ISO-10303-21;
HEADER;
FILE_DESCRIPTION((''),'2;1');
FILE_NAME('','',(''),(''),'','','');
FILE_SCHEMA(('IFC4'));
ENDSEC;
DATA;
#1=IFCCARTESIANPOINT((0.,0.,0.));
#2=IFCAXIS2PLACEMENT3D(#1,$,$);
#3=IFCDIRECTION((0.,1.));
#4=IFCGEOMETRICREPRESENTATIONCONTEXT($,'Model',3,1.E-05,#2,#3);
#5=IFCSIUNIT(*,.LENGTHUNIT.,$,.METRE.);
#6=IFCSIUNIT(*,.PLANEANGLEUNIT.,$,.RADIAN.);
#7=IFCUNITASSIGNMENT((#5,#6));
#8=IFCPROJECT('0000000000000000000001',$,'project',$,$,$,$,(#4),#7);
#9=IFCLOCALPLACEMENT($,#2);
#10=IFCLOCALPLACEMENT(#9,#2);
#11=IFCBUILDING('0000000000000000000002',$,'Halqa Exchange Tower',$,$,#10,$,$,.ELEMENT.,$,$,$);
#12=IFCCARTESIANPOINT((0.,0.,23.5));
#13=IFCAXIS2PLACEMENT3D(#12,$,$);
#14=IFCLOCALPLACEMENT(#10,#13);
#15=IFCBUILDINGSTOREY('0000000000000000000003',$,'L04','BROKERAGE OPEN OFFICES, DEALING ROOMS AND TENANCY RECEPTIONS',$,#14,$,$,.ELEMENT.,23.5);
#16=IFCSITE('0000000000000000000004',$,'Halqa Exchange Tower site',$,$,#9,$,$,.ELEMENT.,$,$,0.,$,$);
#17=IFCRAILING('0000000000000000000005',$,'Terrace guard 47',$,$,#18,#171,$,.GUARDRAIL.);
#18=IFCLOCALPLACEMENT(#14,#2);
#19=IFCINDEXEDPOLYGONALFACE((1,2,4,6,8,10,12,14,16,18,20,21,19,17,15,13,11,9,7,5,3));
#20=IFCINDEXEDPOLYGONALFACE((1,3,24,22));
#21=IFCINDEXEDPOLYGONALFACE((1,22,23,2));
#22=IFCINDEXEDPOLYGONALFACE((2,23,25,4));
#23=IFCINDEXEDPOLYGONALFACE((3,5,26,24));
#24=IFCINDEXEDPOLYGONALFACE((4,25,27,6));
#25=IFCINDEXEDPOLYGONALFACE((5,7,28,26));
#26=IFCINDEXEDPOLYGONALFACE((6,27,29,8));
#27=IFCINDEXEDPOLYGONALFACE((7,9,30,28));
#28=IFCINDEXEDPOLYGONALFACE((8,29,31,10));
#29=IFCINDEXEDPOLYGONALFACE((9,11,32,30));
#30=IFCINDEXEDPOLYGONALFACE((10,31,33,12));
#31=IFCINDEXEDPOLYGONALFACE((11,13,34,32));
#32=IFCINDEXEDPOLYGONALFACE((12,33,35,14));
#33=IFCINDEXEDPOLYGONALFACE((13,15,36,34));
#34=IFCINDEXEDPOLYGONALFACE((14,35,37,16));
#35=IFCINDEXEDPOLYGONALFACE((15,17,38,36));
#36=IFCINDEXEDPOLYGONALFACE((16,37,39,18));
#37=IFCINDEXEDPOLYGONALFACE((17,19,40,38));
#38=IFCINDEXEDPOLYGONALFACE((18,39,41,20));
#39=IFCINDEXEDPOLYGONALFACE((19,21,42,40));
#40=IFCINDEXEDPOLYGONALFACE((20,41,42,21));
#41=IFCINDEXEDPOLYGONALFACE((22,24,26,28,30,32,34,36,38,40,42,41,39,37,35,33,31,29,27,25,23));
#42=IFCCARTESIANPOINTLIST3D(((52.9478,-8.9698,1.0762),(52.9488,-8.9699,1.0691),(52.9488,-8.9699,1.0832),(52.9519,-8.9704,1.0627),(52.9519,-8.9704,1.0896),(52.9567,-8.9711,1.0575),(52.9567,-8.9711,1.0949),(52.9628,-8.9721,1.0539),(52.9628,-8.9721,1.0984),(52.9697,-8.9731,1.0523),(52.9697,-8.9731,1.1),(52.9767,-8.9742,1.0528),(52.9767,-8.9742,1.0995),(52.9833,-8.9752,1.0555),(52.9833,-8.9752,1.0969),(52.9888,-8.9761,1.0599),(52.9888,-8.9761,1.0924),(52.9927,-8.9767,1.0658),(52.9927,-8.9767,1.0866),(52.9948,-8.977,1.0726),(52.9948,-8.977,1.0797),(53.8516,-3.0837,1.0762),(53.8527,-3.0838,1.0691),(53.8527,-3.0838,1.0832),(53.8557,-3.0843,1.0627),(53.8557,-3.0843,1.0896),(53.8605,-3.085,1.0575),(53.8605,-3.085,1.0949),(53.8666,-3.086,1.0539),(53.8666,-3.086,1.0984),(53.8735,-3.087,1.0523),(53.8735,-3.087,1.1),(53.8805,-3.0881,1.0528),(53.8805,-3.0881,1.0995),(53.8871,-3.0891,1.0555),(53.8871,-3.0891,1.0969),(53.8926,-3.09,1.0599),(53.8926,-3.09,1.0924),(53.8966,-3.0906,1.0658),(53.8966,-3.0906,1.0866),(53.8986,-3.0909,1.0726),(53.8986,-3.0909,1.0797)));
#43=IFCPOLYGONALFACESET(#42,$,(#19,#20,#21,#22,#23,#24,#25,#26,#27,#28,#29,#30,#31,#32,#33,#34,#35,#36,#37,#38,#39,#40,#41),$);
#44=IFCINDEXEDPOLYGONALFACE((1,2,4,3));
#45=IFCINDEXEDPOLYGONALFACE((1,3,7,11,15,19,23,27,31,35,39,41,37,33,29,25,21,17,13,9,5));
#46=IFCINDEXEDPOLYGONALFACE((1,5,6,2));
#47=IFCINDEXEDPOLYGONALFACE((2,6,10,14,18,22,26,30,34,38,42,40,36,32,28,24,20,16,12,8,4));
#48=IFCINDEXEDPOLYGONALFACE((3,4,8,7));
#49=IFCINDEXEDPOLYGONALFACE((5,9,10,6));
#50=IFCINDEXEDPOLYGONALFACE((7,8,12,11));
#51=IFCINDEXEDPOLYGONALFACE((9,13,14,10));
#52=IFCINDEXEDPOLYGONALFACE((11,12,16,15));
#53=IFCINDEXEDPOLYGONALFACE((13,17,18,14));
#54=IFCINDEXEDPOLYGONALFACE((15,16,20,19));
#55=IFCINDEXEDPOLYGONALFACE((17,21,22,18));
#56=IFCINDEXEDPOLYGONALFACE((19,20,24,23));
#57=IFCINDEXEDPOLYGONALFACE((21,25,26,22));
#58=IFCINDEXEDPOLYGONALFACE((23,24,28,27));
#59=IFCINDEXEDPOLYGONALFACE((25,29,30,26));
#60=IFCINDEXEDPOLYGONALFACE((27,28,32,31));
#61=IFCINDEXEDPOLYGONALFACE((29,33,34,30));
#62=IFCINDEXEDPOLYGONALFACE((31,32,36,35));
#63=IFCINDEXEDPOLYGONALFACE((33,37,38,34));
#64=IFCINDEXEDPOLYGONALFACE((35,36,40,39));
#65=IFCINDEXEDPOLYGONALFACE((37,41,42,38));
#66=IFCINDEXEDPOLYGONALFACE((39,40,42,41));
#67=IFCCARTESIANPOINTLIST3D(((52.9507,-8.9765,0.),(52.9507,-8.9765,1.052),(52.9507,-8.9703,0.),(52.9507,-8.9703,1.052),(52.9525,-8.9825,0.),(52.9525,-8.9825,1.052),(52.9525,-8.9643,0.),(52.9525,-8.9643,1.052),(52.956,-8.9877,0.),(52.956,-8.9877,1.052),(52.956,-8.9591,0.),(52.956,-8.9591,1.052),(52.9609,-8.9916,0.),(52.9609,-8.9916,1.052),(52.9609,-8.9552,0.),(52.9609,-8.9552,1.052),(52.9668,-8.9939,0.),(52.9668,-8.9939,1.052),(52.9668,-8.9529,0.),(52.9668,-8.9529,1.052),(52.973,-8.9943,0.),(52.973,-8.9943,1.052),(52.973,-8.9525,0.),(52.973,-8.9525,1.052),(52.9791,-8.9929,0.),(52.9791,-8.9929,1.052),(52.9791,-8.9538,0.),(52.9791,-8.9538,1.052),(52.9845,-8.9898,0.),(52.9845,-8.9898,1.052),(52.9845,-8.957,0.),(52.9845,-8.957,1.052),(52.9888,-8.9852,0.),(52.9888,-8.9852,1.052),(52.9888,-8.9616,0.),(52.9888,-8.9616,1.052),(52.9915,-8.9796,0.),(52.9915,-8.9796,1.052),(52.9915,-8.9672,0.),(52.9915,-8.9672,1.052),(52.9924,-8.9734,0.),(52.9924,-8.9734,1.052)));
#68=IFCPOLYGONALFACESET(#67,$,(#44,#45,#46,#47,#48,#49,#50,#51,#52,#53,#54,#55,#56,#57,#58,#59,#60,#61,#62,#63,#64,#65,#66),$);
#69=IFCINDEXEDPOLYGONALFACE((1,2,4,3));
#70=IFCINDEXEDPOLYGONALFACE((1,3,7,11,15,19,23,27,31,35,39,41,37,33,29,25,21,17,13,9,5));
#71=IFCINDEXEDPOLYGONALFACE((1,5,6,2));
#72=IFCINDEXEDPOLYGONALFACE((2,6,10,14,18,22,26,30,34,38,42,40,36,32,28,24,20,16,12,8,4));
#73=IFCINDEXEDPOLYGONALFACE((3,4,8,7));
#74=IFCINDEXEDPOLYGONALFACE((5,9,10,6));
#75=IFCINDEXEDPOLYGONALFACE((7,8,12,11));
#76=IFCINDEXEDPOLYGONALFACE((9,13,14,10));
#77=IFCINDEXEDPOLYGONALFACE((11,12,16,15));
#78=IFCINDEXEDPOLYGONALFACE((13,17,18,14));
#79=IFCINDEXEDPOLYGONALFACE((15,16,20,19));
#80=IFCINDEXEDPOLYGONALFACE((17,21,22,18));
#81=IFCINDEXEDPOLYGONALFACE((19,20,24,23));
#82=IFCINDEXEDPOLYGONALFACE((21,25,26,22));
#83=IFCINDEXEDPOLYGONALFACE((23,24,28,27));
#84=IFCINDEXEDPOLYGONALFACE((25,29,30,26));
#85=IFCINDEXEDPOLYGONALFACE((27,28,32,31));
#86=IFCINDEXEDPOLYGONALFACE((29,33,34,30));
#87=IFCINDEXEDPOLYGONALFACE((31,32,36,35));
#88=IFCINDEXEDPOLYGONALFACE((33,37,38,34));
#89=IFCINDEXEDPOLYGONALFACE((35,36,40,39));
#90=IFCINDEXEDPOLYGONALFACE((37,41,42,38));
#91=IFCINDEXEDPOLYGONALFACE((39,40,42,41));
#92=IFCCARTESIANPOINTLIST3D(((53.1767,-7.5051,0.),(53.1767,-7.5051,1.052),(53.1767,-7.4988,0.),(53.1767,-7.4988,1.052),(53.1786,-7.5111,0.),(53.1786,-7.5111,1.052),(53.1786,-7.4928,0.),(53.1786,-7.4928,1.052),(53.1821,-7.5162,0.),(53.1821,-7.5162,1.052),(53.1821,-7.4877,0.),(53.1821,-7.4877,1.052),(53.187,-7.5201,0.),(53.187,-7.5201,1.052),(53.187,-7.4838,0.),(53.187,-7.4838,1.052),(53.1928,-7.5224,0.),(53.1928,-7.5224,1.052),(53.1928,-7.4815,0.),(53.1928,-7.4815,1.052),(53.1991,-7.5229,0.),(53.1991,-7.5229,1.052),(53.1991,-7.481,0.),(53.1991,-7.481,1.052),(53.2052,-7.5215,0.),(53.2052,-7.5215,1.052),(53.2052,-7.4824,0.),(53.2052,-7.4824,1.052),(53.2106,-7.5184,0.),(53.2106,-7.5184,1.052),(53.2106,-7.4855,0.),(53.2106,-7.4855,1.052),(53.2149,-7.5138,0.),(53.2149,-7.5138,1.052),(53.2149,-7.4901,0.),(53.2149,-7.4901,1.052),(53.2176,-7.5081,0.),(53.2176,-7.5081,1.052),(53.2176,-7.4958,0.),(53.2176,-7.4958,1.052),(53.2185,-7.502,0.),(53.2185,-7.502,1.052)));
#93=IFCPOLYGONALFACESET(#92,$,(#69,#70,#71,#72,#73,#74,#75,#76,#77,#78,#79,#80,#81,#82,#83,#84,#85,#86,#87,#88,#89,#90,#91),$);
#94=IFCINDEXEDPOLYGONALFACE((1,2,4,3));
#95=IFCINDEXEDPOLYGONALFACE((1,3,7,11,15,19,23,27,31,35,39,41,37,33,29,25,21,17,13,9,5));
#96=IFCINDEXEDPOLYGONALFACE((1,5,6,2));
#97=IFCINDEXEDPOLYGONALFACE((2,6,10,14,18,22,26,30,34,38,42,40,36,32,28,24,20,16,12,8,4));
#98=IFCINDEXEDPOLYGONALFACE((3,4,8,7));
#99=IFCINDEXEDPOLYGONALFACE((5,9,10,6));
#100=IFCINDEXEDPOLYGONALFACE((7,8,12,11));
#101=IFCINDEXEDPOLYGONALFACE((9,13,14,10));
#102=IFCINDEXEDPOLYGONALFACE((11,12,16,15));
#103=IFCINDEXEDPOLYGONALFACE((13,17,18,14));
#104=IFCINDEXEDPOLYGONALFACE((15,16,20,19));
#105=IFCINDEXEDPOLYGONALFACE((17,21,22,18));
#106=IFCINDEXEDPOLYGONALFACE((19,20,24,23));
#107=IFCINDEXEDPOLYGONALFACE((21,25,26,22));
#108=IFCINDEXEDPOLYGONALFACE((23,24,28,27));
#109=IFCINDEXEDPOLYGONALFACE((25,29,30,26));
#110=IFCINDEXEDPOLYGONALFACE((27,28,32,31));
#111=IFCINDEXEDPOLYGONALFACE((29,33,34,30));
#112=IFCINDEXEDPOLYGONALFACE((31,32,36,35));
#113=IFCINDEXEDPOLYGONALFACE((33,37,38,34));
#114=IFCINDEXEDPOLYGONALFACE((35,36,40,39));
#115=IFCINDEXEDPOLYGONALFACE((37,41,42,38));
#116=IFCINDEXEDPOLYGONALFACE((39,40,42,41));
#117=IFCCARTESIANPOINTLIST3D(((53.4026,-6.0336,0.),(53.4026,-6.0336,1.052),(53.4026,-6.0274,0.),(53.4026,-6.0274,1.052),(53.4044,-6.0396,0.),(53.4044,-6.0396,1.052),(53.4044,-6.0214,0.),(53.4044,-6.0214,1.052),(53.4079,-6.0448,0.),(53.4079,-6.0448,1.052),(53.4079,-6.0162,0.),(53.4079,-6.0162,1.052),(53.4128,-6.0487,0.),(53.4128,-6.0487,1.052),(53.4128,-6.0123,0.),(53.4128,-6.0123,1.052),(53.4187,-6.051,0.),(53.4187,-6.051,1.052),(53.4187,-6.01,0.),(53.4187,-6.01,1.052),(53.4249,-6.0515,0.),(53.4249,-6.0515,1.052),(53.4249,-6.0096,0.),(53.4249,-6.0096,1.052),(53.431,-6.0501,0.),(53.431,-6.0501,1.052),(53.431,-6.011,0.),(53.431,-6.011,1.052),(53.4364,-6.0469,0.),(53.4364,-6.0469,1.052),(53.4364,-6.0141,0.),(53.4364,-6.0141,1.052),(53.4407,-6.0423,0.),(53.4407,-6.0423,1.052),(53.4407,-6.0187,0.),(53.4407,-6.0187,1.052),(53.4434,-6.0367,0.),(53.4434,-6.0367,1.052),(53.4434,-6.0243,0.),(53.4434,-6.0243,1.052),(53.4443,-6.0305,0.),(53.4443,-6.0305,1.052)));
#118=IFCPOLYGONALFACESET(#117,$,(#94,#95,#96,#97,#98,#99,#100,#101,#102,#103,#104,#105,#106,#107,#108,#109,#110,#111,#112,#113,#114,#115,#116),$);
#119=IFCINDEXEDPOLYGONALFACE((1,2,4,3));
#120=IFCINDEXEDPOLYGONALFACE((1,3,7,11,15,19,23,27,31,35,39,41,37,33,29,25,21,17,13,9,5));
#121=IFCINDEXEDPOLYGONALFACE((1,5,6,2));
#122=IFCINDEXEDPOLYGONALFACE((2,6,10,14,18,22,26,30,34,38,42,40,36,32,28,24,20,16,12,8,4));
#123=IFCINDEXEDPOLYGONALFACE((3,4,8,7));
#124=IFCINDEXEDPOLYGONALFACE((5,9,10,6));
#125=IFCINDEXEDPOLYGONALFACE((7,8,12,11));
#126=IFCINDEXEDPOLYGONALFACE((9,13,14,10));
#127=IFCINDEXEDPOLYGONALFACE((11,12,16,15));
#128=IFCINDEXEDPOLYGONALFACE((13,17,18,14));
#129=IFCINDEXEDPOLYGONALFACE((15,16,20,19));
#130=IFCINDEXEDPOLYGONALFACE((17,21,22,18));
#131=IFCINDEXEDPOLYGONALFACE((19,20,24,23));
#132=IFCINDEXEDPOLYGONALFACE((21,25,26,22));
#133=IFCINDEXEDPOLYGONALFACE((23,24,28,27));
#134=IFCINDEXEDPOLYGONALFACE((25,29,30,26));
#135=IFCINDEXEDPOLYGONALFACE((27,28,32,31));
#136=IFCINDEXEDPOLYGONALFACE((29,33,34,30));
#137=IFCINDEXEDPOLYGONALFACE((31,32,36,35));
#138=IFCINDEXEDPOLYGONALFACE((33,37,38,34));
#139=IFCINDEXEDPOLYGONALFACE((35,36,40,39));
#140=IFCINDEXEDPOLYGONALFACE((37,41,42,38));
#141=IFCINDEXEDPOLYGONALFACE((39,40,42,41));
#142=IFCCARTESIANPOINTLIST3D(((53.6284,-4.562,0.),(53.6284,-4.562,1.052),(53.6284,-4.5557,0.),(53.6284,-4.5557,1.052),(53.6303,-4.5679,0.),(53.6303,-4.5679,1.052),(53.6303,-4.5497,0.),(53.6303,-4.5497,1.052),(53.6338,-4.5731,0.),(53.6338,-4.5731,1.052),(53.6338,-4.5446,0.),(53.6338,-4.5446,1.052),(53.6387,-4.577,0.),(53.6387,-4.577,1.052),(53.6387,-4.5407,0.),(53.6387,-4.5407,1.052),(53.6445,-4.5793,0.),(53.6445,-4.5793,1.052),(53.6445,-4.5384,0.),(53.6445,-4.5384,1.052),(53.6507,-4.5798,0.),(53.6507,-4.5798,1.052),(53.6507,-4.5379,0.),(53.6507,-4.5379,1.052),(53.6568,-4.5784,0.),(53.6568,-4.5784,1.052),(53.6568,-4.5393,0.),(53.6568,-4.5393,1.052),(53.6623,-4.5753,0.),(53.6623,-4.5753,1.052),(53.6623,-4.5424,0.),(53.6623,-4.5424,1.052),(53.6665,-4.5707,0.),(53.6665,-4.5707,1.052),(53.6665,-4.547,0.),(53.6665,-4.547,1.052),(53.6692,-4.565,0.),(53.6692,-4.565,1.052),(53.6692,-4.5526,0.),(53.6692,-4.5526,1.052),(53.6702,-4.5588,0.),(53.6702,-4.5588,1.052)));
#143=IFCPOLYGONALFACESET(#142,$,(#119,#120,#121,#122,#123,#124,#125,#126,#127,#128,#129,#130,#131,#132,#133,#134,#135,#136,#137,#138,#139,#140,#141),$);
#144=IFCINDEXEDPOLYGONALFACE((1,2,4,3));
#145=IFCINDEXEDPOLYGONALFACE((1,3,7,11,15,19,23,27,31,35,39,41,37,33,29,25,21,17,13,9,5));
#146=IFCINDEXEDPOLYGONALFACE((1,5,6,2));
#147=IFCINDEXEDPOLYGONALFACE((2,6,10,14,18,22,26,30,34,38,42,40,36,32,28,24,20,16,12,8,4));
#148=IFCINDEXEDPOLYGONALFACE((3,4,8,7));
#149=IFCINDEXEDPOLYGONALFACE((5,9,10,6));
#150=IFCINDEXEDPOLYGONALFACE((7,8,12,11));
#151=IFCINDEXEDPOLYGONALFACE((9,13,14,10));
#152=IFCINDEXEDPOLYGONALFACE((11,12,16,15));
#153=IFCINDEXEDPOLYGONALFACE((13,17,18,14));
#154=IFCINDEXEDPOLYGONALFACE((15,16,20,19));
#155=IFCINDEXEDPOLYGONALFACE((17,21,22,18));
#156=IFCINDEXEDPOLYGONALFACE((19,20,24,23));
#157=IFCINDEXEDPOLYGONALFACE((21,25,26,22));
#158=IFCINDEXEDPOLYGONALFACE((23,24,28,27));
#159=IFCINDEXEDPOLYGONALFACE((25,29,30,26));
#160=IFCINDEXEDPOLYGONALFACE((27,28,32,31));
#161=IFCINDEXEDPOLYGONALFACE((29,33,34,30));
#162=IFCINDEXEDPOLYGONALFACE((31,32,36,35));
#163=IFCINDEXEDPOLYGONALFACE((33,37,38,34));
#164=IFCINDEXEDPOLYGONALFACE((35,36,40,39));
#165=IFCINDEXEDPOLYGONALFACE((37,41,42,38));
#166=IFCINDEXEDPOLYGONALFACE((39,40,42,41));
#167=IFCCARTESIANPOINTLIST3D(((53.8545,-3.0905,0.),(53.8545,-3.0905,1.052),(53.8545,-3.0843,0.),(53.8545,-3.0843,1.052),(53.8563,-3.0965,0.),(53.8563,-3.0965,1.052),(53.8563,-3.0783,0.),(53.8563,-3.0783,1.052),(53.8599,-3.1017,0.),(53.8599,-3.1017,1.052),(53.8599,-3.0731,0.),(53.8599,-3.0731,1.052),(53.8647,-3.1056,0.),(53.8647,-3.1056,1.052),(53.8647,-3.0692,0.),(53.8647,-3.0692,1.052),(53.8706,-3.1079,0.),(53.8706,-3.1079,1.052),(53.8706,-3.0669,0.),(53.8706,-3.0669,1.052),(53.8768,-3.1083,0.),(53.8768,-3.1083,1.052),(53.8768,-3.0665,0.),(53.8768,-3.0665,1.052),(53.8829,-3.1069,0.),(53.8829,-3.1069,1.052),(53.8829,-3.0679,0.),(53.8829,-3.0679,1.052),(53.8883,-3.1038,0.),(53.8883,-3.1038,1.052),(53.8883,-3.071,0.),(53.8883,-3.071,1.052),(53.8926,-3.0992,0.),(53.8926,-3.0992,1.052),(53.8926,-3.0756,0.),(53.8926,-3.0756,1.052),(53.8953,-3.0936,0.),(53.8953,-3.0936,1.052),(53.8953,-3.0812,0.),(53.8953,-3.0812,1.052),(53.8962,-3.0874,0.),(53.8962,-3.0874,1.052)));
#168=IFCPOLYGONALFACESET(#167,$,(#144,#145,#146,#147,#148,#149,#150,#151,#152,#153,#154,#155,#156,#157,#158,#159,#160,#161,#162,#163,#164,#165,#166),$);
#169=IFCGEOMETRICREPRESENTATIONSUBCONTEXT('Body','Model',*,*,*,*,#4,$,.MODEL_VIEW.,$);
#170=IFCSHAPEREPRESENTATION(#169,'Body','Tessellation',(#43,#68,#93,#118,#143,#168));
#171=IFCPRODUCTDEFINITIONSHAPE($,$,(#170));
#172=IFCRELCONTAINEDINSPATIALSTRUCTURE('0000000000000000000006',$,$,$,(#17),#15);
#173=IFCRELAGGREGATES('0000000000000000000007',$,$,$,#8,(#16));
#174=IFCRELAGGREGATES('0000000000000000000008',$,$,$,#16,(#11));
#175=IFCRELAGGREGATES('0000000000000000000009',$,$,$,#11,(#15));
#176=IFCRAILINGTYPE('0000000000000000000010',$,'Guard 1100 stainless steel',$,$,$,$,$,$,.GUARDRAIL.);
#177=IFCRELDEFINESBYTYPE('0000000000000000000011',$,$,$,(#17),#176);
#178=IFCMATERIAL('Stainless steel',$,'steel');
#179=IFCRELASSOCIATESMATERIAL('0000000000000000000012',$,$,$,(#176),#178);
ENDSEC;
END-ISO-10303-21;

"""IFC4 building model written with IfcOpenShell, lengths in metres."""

from ifc_helpers import new_model, si_unit, direction, frame, origin, origin_2d, place, context, subcontext, project, spatial, circle, extrude, material, type_object, element, save


model = new_model("IFC4")

# Units and contexts
model_context = context("Model", 3, precision=1e-05, world=origin(), true_north=direction((0.0, 1.0)))
body_context = subcontext(model_context, "Body", "Model", "MODEL_VIEW")
ifc_project = project(units=[si_unit("LENGTHUNIT", "METRE"), si_unit("PLANEANGLEUNIT", "RADIAN")], contexts=[model_context])

# Site, building, storey
site_placement = place(None, origin())
site = spatial("IfcSite", under=ifc_project, at=site_placement, Name="Halqa Exchange Tower site", CompositionType="ELEMENT", RefElevation=0.0)
building_placement = place(site_placement, origin())
building = spatial("IfcBuilding", under=site, at=building_placement, Name="Halqa Exchange Tower", CompositionType="ELEMENT")
storey_placement = place(building_placement, frame((0.0, 0.0, 23.5)))
storey = spatial("IfcBuildingStorey", under=building, at=storey_placement, Name="L04", Description="BROKERAGE OPEN OFFICES, DEALING ROOMS AND TENANCY RECEPTIONS", CompositionType="ELEMENT", Elevation=23.5)

# Railing
ifc_material_1 = material(Name="Stainless steel", Category="steel")
railing_type = type_object("IfcRailingType", Name="Guard 1100 stainless steel", PredefinedType="GUARDRAIL", material=ifc_material_1)
railing_1_placement = place(storey_placement, frame((52.9714, -8.9734, 0.0)))
element("IfcRailing", 1, at=railing_1_placement, inside=storey, type_object=railing_type, Name="Terrace guard 47", PredefinedType="GUARDRAIL", context=body_context, shape_type="SweptSolid", body=[
    extrude(circle(Radius=0.0239, at=origin_2d()), frame((0.0, 0.0, 1.0762), z_axis=(0.151774, 0.988415, 0.0), x_axis=(-0.988415, 0.151774, 0.0)), (0.0, 0.0, 1.0), 5.9551),
    extrude(circle(Radius=0.021, at=origin_2d()), origin(), (0.0, 0.0, 1.0), 1.052),
    extrude(circle(Radius=0.021, at=origin_2d()), frame((0.2261, 1.4714, 0.0)), (0.0, 0.0, 1.0), 1.052),
    extrude(circle(Radius=0.021, at=origin_2d()), frame((0.4519, 2.9429, 0.0)), (0.0, 0.0, 1.0), 1.052),
    extrude(circle(Radius=0.021, at=origin_2d()), frame((0.6777, 4.4146, 0.0)), (0.0, 0.0, 1.0), 1.052),
    extrude(circle(Radius=0.021, at=origin_2d()), frame((0.9038, 5.886, 0.0)), (0.0, 0.0, 1.0), 1.052),
])

save(model, "model.ifc")
